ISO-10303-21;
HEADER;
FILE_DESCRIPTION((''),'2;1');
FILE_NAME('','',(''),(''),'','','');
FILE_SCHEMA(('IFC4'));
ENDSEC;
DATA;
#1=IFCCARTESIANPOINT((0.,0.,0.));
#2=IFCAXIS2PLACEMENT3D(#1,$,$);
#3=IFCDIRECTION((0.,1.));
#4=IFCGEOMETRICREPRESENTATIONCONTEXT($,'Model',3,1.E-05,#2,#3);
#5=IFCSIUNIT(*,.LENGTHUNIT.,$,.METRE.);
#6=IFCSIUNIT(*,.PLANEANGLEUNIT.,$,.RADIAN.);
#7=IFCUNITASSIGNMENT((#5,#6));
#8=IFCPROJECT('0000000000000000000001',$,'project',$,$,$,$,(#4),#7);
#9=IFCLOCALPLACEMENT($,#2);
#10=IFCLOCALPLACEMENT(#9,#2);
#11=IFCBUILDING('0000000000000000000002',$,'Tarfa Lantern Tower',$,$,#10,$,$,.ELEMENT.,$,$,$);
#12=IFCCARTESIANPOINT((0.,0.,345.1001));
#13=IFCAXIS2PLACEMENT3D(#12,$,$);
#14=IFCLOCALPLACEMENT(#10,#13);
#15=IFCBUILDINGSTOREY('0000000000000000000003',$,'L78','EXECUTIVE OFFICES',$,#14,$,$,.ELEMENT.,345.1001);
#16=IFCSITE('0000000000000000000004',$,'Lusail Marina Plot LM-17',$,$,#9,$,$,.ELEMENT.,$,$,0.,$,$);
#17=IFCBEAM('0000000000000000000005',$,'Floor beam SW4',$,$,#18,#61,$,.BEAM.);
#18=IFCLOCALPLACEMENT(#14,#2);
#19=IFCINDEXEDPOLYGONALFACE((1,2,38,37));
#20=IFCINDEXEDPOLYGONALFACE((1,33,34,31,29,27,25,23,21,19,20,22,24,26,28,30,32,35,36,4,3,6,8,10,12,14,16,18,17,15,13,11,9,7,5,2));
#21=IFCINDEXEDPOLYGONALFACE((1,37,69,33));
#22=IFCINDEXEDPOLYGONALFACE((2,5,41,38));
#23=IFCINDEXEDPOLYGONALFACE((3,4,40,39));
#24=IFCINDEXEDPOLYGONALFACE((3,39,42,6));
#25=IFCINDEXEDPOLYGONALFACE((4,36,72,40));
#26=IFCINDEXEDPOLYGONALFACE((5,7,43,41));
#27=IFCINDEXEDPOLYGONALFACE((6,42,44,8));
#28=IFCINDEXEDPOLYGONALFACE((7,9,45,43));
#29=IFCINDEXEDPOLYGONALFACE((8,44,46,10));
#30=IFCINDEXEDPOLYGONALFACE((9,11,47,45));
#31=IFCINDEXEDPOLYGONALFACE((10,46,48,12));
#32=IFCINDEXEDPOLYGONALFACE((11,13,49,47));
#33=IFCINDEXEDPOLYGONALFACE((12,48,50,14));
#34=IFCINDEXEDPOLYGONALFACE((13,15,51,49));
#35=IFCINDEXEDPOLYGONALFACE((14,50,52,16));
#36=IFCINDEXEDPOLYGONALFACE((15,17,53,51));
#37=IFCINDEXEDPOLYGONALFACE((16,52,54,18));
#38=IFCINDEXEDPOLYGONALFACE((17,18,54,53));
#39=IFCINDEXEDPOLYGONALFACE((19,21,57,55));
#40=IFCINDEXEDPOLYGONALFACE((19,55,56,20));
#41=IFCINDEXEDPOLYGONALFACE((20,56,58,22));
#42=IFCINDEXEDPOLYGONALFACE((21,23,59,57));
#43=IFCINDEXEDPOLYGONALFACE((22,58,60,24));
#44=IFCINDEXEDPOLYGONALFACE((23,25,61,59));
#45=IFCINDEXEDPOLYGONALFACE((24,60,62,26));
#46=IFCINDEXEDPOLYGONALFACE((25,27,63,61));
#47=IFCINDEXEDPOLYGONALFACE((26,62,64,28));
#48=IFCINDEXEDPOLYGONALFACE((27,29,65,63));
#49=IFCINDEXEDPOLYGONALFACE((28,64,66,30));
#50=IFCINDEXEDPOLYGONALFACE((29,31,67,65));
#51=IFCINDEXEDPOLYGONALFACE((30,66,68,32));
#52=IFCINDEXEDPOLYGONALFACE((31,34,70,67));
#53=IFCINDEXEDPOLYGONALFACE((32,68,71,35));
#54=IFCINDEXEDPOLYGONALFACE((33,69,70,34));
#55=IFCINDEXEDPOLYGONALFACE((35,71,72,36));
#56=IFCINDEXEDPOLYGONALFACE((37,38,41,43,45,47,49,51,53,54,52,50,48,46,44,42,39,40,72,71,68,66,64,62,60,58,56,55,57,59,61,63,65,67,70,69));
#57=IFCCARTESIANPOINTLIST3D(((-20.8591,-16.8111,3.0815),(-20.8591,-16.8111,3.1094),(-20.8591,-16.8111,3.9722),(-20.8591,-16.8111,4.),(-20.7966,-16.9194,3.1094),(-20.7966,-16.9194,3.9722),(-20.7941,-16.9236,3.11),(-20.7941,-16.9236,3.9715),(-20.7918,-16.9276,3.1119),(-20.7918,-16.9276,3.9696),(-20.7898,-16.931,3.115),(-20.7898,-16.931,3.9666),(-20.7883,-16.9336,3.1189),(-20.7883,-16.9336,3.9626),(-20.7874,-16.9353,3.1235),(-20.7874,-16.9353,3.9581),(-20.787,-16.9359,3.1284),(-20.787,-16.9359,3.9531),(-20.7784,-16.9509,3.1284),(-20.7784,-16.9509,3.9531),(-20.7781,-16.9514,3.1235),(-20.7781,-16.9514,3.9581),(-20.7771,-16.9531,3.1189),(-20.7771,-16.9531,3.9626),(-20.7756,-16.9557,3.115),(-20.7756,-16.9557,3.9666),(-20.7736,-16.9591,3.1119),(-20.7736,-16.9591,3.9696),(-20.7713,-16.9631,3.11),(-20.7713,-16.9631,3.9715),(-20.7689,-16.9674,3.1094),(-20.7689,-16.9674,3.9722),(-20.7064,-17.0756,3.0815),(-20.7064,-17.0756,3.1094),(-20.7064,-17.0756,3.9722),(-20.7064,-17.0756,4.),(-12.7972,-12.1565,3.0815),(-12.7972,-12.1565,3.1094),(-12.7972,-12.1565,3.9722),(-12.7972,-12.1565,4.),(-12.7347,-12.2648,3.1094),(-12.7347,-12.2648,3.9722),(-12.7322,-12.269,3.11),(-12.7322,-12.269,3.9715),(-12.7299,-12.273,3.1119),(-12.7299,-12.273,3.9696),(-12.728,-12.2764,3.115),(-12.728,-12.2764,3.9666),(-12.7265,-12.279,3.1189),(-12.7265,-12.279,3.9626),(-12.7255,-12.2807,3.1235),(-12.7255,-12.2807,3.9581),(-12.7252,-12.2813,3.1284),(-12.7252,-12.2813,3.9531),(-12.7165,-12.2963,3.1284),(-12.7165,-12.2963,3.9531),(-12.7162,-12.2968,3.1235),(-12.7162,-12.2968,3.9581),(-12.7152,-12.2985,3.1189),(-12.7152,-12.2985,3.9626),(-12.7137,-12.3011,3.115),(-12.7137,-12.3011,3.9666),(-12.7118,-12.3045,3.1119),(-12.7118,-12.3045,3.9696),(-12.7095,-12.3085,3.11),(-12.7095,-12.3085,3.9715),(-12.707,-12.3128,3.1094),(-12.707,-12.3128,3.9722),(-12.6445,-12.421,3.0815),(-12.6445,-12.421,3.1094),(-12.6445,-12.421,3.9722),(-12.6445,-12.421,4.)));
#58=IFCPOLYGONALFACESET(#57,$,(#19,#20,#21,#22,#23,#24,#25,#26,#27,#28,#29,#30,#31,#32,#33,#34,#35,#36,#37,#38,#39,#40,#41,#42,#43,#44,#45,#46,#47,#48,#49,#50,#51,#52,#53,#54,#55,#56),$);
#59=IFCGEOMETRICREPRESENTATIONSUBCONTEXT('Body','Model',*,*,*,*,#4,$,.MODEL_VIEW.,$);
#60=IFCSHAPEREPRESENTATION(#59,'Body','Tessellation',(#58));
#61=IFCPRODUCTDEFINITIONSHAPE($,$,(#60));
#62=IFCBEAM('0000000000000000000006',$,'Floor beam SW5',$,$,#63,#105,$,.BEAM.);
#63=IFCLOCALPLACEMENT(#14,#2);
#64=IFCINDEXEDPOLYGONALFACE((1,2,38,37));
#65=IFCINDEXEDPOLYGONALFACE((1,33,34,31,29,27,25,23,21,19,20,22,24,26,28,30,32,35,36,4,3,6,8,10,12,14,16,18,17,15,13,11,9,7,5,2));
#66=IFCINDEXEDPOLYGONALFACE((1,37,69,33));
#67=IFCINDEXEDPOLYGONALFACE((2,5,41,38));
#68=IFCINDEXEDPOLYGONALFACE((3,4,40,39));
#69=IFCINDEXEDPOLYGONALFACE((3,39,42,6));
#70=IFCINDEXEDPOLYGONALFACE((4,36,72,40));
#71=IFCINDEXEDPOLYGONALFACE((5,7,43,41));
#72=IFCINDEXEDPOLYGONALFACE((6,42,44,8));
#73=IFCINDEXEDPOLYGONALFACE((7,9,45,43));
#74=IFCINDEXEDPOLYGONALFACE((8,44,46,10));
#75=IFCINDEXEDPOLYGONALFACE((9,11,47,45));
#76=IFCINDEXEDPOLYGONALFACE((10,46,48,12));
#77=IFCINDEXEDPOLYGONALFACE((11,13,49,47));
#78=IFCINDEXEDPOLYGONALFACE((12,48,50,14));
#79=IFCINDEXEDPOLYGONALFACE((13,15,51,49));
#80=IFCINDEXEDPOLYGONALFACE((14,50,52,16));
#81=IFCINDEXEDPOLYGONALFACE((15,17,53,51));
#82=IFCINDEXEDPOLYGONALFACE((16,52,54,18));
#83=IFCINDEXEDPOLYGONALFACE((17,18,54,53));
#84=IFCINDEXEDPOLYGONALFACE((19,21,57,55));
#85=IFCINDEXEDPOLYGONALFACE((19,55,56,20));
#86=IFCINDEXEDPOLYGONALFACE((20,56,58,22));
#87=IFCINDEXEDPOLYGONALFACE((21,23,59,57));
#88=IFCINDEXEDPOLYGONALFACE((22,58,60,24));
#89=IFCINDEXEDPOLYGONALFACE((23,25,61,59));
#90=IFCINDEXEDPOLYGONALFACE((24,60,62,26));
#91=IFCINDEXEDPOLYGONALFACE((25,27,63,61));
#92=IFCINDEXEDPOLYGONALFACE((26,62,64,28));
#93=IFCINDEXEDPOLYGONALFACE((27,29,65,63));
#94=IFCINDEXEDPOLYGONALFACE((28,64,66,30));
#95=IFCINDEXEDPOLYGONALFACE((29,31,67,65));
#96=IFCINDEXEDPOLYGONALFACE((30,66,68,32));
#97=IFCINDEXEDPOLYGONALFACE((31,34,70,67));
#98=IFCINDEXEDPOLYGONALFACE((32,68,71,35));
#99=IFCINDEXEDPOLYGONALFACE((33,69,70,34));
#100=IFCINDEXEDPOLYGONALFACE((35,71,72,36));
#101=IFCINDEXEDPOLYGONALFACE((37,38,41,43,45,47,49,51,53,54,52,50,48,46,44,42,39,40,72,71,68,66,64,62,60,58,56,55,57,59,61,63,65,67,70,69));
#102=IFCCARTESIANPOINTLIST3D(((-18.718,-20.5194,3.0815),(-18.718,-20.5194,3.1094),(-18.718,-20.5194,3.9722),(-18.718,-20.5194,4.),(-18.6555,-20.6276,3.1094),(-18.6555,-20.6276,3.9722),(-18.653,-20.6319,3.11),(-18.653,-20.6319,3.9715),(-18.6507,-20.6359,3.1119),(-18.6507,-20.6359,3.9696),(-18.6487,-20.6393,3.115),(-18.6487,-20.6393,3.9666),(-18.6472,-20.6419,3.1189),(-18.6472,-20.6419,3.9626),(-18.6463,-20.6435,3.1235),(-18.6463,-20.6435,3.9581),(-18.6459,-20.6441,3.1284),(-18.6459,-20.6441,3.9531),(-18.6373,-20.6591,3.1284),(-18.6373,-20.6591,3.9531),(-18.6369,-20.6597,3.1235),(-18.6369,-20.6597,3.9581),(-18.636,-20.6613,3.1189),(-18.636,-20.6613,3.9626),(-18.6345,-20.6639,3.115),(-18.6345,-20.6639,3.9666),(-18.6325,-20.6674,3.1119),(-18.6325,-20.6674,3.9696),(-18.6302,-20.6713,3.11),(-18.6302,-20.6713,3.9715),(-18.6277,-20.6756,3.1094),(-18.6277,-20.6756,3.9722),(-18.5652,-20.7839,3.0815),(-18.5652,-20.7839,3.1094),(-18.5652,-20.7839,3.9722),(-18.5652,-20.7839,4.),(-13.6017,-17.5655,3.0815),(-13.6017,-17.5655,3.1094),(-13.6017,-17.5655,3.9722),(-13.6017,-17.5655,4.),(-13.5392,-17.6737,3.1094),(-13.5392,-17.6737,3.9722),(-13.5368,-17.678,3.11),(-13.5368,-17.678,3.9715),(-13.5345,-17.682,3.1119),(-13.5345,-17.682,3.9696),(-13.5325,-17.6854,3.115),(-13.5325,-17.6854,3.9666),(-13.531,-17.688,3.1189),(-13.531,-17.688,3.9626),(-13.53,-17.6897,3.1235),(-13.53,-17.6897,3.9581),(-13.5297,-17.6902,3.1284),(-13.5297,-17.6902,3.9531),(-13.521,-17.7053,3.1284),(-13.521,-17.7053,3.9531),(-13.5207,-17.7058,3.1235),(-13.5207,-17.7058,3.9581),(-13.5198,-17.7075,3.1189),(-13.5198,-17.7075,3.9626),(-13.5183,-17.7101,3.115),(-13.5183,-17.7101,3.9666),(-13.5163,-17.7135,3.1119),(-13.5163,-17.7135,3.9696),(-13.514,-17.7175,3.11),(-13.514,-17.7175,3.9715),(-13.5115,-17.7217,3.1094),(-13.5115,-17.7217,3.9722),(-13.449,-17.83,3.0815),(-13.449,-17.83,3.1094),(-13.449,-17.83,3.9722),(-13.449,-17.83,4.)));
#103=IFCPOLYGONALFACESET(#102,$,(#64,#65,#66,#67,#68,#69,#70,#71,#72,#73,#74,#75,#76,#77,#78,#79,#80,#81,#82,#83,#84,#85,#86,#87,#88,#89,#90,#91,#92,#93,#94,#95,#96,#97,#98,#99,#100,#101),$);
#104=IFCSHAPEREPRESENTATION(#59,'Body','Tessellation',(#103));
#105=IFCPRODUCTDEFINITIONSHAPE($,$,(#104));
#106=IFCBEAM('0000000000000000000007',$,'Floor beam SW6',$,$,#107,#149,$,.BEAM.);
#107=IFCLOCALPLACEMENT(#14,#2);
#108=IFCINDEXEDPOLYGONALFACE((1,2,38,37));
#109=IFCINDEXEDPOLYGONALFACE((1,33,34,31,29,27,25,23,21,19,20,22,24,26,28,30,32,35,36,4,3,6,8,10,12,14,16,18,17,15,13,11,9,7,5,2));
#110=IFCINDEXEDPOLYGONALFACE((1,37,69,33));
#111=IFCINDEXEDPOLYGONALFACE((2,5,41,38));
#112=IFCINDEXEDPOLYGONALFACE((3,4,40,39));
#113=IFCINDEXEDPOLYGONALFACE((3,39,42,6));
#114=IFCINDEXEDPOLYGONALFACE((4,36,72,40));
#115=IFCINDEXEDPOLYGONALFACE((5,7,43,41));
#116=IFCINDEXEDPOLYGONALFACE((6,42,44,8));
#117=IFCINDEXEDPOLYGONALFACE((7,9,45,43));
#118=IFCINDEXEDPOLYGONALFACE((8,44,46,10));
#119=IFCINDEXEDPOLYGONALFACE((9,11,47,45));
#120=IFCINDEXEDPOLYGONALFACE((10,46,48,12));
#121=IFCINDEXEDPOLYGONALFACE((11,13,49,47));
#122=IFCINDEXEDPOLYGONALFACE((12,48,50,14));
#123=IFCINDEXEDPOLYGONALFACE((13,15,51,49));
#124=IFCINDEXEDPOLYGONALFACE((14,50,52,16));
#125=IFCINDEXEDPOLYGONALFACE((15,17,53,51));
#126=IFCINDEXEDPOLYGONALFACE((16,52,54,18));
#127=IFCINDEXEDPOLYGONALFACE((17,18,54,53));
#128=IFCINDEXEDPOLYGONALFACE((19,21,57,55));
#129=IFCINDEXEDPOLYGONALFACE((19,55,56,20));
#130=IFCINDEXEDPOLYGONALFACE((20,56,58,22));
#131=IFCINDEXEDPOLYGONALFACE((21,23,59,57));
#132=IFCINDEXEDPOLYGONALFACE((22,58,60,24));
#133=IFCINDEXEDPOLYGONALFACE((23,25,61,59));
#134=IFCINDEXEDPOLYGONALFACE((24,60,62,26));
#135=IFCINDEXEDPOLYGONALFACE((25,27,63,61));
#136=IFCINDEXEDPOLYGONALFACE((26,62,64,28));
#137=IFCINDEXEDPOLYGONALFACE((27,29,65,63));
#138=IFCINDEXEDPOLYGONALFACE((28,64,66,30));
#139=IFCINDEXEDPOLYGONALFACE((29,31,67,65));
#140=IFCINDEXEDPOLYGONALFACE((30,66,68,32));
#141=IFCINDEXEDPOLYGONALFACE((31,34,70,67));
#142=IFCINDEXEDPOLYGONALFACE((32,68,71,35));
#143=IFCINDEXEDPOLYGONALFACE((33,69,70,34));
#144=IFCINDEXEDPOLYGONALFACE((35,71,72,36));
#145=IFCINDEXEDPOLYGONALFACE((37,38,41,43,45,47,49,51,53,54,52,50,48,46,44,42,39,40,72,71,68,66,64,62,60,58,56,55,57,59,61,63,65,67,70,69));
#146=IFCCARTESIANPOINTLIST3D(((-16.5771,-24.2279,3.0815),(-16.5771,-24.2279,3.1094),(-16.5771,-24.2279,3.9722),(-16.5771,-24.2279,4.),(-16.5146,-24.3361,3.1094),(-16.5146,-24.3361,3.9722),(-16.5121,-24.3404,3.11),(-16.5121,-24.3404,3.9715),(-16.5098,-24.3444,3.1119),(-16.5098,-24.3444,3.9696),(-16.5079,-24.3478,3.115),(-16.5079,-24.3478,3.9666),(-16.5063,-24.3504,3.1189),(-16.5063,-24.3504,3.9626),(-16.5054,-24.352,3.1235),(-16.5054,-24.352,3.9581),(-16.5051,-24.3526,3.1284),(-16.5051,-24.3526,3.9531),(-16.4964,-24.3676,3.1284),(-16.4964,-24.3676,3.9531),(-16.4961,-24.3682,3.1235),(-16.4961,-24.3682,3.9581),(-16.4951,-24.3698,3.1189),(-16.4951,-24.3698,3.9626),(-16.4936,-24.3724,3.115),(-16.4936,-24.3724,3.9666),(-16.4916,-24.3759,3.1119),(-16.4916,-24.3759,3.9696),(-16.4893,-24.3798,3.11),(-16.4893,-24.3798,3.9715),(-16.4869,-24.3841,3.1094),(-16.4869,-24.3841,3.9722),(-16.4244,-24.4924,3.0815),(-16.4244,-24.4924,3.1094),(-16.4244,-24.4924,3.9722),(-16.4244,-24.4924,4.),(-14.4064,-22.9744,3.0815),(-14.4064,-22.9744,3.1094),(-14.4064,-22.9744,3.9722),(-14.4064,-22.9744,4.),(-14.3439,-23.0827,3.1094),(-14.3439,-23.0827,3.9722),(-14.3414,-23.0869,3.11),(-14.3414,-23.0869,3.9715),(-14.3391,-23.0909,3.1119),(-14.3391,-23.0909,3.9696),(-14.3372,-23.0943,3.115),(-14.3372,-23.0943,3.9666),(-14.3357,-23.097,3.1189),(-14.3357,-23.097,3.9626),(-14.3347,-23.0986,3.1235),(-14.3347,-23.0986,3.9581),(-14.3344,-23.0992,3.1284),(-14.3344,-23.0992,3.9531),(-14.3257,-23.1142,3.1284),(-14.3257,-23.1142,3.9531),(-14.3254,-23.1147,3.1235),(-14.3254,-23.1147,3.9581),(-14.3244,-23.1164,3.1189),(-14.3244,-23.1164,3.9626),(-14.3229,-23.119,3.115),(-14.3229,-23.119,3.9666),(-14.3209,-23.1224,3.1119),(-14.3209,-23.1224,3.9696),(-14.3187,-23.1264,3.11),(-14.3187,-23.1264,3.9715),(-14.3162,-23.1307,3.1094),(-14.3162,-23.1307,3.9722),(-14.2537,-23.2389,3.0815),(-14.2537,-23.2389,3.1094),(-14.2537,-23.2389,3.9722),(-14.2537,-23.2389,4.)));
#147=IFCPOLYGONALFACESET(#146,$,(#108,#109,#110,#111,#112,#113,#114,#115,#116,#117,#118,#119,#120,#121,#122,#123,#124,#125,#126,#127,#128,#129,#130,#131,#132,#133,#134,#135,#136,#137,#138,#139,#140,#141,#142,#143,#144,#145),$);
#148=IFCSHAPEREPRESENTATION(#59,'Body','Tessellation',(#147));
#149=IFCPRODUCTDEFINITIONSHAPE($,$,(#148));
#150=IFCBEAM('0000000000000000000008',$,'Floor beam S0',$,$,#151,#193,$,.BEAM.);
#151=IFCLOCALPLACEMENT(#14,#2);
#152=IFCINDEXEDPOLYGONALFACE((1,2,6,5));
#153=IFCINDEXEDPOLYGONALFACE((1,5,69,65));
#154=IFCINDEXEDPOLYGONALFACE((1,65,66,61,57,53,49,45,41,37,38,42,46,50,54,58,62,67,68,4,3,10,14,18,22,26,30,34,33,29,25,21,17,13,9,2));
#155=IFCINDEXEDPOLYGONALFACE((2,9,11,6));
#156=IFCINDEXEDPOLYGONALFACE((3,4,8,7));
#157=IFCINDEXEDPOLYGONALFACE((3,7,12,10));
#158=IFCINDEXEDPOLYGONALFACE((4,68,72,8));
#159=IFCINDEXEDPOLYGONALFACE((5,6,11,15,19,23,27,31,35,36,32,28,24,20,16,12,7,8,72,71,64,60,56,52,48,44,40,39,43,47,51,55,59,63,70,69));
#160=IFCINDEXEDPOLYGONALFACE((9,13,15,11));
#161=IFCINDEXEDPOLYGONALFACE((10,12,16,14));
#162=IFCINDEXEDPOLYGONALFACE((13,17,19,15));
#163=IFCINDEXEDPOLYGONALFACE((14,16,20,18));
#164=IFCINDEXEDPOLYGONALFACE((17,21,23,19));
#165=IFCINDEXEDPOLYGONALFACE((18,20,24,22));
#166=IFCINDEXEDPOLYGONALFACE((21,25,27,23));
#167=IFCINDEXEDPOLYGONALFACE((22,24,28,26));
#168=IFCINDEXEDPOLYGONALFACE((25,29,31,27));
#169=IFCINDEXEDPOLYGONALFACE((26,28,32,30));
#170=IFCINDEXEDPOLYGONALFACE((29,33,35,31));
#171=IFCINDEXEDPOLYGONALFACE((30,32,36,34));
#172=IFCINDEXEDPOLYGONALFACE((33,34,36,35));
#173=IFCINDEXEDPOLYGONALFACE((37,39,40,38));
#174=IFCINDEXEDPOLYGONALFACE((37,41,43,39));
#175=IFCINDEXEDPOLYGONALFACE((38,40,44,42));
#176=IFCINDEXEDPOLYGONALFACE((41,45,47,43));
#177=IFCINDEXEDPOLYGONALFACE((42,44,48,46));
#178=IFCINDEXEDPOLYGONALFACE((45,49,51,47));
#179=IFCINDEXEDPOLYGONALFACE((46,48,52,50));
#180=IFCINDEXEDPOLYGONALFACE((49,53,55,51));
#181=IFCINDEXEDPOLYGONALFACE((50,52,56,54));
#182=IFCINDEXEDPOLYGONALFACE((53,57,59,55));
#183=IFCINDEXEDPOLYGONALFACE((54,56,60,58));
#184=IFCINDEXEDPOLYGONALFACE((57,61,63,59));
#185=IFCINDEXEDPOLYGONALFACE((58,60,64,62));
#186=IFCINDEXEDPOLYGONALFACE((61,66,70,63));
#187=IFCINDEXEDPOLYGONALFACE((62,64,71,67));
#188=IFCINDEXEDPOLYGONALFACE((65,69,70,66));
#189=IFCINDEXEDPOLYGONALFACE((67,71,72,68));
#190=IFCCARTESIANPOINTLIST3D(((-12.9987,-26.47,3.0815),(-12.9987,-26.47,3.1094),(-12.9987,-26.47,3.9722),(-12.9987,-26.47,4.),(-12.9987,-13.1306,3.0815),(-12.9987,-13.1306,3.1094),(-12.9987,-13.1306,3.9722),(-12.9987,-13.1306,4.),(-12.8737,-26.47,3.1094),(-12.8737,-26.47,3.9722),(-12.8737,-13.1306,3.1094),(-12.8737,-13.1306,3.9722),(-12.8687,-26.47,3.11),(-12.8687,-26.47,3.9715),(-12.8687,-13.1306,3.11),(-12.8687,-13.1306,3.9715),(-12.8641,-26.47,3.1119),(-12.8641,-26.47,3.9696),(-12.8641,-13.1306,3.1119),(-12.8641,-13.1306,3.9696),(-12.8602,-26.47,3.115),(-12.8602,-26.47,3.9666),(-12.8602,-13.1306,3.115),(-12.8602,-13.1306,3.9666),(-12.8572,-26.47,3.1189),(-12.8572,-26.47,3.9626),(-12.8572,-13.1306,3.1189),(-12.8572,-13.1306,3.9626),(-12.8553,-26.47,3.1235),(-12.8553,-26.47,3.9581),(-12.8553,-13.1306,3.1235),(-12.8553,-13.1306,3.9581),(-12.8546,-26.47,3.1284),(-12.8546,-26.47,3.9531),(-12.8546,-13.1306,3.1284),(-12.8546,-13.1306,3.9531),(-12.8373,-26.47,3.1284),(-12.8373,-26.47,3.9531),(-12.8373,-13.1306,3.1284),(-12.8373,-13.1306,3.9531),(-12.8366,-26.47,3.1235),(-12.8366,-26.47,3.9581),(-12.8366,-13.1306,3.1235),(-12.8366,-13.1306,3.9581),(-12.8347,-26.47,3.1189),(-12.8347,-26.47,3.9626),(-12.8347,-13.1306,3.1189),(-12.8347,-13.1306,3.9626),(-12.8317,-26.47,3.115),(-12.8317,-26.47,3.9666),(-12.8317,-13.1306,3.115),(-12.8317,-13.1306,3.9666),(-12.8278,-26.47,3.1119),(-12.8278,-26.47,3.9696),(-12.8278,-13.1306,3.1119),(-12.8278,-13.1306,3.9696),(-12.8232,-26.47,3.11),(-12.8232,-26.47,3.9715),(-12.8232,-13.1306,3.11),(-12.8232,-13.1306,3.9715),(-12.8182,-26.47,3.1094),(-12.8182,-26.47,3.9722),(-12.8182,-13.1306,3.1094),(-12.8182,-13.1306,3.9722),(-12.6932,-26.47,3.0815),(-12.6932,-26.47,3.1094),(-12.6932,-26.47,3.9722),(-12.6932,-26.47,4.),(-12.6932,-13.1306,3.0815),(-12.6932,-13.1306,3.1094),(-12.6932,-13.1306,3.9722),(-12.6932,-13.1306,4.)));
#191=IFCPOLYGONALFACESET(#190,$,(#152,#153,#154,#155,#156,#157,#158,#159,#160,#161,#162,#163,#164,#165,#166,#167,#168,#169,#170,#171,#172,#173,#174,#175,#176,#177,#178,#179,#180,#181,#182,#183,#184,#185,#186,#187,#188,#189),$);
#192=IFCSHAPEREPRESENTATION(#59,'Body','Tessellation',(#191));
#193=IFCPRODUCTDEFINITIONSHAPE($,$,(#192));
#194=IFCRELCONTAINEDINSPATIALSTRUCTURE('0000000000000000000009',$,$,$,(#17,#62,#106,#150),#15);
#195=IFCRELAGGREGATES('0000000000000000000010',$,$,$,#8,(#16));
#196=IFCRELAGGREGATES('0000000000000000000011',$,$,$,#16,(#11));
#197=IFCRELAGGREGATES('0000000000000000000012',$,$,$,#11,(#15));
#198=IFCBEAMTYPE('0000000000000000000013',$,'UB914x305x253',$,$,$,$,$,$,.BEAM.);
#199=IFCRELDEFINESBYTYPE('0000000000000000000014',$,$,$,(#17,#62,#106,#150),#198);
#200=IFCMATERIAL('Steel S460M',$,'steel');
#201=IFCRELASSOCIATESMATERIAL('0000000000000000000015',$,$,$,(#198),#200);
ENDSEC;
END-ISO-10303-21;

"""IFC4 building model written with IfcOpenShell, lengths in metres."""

from ifc_helpers import new_model, si_unit, direction, frame, origin, origin_2d, place, context, subcontext, project, spatial, i_section, extrude, material, material_profile, profile_set, type_object, element, save


model = new_model("IFC4")

# Units and contexts
model_context = context("Model", 3, precision=1e-05, world=origin(), true_north=direction((0.0, 1.0)))
body_context = subcontext(model_context, "Body", "Model", "MODEL_VIEW")
ifc_project = project(units=[si_unit("LENGTHUNIT", "METRE"), si_unit("PLANEANGLEUNIT", "RADIAN")], contexts=[model_context])

# Site, building, storey
site_placement = place(None, origin())
site = spatial("IfcSite", under=ifc_project, at=site_placement, Name="Lusail Marina Plot LM-17", CompositionType="ELEMENT", RefElevation=0.0)
building_placement = place(site_placement, origin())
building = spatial("IfcBuilding", under=site, at=building_placement, Name="Tarfa Lantern Tower", CompositionType="ELEMENT")
storey_placement = place(building_placement, frame((0.0, 0.0, 345.1001)))
storey = spatial("IfcBuildingStorey", under=building, at=storey_placement, Name="L78", Description="EXECUTIVE OFFICES", CompositionType="ELEMENT", Elevation=345.1001)

# Beams
ifc_material_1 = material(Name="Steel S460M", Category="steel")
ifc_material_profile_1 = material_profile(ifc_material_1, i_section(OverallWidth=0.3054, OverallDepth=0.9185, WebThickness=0.0173, FlangeThickness=0.0278, FilletRadius=0.019, at=origin_2d()), Name="UB914x305x253")
ifc_profile_set_1 = profile_set([ifc_material_profile_1], Name="Steel S460M")
beam_type_1 = type_object("IfcBeamType", Name="UB914x305x253", PredefinedType="BEAM", material=ifc_profile_set_1)
beam_1_placement = place(storey_placement, frame((-20.7827, -16.9434, 3.5408), z_axis=(0.866022, 0.500006, 0.0), x_axis=(-0.500006, 0.866022, 0.0)))
element("IfcBeam", 1, at=beam_1_placement, inside=storey, type_object=beam_type_1, Name="Floor beam SW4", PredefinedType="BEAM", context=body_context, shape_type="SweptSolid", body=[
    extrude(i_section(OverallWidth=0.3054, OverallDepth=0.9185, WebThickness=0.0173, FlangeThickness=0.0278, FilletRadius=0.019, at=origin_2d()), origin(), (0.0, 0.0, 1.0), 9.3091),
])
beam_2_placement = place(storey_placement, frame((-18.6416, -20.6516, 3.5408), z_axis=(0.866025, 0.500001, 0.0), x_axis=(-0.500001, 0.866025, 0.0)))
element("IfcBeam", 2, at=beam_2_placement, inside=storey, type_object=beam_type_1, Name="Floor beam SW5", PredefinedType="BEAM", context=body_context, shape_type="SweptSolid", body=[
    extrude(i_section(OverallWidth=0.3054, OverallDepth=0.9185, WebThickness=0.0173, FlangeThickness=0.0278, FilletRadius=0.019, at=origin_2d()), origin(), (0.0, 0.0, 1.0), 5.9077),
])
beam_3_placement = place(storey_placement, frame((-16.5007, -24.3601, 3.5408), z_axis=(0.865993, 0.500057, 0.0), x_axis=(-0.500057, 0.865993, 0.0)))
element("IfcBeam", 3, at=beam_3_placement, inside=storey, type_object=beam_type_1, Name="Floor beam SW6", PredefinedType="BEAM", context=body_context, shape_type="SweptSolid", body=[
    extrude(i_section(OverallWidth=0.3054, OverallDepth=0.9185, WebThickness=0.0173, FlangeThickness=0.0278, FilletRadius=0.019, at=origin_2d()), origin(), (0.0, 0.0, 1.0), 2.5066),
])
beam_4_placement = place(storey_placement, frame((-12.8459, -26.47, 3.5408), z_axis=(0.0, 1.0, 0.0), x_axis=(-1.0, 0.0, 0.0)))
element("IfcBeam", 4, at=beam_4_placement, inside=storey, type_object=beam_type_1, Name="Floor beam S0", PredefinedType="BEAM", context=body_context, shape_type="SweptSolid", body=[
    extrude(i_section(OverallWidth=0.3054, OverallDepth=0.9185, WebThickness=0.0173, FlangeThickness=0.0278, FilletRadius=0.019, at=origin_2d()), origin(), (0.0, 0.0, 1.0), 13.3394),
])

save(model, "model.ifc")
